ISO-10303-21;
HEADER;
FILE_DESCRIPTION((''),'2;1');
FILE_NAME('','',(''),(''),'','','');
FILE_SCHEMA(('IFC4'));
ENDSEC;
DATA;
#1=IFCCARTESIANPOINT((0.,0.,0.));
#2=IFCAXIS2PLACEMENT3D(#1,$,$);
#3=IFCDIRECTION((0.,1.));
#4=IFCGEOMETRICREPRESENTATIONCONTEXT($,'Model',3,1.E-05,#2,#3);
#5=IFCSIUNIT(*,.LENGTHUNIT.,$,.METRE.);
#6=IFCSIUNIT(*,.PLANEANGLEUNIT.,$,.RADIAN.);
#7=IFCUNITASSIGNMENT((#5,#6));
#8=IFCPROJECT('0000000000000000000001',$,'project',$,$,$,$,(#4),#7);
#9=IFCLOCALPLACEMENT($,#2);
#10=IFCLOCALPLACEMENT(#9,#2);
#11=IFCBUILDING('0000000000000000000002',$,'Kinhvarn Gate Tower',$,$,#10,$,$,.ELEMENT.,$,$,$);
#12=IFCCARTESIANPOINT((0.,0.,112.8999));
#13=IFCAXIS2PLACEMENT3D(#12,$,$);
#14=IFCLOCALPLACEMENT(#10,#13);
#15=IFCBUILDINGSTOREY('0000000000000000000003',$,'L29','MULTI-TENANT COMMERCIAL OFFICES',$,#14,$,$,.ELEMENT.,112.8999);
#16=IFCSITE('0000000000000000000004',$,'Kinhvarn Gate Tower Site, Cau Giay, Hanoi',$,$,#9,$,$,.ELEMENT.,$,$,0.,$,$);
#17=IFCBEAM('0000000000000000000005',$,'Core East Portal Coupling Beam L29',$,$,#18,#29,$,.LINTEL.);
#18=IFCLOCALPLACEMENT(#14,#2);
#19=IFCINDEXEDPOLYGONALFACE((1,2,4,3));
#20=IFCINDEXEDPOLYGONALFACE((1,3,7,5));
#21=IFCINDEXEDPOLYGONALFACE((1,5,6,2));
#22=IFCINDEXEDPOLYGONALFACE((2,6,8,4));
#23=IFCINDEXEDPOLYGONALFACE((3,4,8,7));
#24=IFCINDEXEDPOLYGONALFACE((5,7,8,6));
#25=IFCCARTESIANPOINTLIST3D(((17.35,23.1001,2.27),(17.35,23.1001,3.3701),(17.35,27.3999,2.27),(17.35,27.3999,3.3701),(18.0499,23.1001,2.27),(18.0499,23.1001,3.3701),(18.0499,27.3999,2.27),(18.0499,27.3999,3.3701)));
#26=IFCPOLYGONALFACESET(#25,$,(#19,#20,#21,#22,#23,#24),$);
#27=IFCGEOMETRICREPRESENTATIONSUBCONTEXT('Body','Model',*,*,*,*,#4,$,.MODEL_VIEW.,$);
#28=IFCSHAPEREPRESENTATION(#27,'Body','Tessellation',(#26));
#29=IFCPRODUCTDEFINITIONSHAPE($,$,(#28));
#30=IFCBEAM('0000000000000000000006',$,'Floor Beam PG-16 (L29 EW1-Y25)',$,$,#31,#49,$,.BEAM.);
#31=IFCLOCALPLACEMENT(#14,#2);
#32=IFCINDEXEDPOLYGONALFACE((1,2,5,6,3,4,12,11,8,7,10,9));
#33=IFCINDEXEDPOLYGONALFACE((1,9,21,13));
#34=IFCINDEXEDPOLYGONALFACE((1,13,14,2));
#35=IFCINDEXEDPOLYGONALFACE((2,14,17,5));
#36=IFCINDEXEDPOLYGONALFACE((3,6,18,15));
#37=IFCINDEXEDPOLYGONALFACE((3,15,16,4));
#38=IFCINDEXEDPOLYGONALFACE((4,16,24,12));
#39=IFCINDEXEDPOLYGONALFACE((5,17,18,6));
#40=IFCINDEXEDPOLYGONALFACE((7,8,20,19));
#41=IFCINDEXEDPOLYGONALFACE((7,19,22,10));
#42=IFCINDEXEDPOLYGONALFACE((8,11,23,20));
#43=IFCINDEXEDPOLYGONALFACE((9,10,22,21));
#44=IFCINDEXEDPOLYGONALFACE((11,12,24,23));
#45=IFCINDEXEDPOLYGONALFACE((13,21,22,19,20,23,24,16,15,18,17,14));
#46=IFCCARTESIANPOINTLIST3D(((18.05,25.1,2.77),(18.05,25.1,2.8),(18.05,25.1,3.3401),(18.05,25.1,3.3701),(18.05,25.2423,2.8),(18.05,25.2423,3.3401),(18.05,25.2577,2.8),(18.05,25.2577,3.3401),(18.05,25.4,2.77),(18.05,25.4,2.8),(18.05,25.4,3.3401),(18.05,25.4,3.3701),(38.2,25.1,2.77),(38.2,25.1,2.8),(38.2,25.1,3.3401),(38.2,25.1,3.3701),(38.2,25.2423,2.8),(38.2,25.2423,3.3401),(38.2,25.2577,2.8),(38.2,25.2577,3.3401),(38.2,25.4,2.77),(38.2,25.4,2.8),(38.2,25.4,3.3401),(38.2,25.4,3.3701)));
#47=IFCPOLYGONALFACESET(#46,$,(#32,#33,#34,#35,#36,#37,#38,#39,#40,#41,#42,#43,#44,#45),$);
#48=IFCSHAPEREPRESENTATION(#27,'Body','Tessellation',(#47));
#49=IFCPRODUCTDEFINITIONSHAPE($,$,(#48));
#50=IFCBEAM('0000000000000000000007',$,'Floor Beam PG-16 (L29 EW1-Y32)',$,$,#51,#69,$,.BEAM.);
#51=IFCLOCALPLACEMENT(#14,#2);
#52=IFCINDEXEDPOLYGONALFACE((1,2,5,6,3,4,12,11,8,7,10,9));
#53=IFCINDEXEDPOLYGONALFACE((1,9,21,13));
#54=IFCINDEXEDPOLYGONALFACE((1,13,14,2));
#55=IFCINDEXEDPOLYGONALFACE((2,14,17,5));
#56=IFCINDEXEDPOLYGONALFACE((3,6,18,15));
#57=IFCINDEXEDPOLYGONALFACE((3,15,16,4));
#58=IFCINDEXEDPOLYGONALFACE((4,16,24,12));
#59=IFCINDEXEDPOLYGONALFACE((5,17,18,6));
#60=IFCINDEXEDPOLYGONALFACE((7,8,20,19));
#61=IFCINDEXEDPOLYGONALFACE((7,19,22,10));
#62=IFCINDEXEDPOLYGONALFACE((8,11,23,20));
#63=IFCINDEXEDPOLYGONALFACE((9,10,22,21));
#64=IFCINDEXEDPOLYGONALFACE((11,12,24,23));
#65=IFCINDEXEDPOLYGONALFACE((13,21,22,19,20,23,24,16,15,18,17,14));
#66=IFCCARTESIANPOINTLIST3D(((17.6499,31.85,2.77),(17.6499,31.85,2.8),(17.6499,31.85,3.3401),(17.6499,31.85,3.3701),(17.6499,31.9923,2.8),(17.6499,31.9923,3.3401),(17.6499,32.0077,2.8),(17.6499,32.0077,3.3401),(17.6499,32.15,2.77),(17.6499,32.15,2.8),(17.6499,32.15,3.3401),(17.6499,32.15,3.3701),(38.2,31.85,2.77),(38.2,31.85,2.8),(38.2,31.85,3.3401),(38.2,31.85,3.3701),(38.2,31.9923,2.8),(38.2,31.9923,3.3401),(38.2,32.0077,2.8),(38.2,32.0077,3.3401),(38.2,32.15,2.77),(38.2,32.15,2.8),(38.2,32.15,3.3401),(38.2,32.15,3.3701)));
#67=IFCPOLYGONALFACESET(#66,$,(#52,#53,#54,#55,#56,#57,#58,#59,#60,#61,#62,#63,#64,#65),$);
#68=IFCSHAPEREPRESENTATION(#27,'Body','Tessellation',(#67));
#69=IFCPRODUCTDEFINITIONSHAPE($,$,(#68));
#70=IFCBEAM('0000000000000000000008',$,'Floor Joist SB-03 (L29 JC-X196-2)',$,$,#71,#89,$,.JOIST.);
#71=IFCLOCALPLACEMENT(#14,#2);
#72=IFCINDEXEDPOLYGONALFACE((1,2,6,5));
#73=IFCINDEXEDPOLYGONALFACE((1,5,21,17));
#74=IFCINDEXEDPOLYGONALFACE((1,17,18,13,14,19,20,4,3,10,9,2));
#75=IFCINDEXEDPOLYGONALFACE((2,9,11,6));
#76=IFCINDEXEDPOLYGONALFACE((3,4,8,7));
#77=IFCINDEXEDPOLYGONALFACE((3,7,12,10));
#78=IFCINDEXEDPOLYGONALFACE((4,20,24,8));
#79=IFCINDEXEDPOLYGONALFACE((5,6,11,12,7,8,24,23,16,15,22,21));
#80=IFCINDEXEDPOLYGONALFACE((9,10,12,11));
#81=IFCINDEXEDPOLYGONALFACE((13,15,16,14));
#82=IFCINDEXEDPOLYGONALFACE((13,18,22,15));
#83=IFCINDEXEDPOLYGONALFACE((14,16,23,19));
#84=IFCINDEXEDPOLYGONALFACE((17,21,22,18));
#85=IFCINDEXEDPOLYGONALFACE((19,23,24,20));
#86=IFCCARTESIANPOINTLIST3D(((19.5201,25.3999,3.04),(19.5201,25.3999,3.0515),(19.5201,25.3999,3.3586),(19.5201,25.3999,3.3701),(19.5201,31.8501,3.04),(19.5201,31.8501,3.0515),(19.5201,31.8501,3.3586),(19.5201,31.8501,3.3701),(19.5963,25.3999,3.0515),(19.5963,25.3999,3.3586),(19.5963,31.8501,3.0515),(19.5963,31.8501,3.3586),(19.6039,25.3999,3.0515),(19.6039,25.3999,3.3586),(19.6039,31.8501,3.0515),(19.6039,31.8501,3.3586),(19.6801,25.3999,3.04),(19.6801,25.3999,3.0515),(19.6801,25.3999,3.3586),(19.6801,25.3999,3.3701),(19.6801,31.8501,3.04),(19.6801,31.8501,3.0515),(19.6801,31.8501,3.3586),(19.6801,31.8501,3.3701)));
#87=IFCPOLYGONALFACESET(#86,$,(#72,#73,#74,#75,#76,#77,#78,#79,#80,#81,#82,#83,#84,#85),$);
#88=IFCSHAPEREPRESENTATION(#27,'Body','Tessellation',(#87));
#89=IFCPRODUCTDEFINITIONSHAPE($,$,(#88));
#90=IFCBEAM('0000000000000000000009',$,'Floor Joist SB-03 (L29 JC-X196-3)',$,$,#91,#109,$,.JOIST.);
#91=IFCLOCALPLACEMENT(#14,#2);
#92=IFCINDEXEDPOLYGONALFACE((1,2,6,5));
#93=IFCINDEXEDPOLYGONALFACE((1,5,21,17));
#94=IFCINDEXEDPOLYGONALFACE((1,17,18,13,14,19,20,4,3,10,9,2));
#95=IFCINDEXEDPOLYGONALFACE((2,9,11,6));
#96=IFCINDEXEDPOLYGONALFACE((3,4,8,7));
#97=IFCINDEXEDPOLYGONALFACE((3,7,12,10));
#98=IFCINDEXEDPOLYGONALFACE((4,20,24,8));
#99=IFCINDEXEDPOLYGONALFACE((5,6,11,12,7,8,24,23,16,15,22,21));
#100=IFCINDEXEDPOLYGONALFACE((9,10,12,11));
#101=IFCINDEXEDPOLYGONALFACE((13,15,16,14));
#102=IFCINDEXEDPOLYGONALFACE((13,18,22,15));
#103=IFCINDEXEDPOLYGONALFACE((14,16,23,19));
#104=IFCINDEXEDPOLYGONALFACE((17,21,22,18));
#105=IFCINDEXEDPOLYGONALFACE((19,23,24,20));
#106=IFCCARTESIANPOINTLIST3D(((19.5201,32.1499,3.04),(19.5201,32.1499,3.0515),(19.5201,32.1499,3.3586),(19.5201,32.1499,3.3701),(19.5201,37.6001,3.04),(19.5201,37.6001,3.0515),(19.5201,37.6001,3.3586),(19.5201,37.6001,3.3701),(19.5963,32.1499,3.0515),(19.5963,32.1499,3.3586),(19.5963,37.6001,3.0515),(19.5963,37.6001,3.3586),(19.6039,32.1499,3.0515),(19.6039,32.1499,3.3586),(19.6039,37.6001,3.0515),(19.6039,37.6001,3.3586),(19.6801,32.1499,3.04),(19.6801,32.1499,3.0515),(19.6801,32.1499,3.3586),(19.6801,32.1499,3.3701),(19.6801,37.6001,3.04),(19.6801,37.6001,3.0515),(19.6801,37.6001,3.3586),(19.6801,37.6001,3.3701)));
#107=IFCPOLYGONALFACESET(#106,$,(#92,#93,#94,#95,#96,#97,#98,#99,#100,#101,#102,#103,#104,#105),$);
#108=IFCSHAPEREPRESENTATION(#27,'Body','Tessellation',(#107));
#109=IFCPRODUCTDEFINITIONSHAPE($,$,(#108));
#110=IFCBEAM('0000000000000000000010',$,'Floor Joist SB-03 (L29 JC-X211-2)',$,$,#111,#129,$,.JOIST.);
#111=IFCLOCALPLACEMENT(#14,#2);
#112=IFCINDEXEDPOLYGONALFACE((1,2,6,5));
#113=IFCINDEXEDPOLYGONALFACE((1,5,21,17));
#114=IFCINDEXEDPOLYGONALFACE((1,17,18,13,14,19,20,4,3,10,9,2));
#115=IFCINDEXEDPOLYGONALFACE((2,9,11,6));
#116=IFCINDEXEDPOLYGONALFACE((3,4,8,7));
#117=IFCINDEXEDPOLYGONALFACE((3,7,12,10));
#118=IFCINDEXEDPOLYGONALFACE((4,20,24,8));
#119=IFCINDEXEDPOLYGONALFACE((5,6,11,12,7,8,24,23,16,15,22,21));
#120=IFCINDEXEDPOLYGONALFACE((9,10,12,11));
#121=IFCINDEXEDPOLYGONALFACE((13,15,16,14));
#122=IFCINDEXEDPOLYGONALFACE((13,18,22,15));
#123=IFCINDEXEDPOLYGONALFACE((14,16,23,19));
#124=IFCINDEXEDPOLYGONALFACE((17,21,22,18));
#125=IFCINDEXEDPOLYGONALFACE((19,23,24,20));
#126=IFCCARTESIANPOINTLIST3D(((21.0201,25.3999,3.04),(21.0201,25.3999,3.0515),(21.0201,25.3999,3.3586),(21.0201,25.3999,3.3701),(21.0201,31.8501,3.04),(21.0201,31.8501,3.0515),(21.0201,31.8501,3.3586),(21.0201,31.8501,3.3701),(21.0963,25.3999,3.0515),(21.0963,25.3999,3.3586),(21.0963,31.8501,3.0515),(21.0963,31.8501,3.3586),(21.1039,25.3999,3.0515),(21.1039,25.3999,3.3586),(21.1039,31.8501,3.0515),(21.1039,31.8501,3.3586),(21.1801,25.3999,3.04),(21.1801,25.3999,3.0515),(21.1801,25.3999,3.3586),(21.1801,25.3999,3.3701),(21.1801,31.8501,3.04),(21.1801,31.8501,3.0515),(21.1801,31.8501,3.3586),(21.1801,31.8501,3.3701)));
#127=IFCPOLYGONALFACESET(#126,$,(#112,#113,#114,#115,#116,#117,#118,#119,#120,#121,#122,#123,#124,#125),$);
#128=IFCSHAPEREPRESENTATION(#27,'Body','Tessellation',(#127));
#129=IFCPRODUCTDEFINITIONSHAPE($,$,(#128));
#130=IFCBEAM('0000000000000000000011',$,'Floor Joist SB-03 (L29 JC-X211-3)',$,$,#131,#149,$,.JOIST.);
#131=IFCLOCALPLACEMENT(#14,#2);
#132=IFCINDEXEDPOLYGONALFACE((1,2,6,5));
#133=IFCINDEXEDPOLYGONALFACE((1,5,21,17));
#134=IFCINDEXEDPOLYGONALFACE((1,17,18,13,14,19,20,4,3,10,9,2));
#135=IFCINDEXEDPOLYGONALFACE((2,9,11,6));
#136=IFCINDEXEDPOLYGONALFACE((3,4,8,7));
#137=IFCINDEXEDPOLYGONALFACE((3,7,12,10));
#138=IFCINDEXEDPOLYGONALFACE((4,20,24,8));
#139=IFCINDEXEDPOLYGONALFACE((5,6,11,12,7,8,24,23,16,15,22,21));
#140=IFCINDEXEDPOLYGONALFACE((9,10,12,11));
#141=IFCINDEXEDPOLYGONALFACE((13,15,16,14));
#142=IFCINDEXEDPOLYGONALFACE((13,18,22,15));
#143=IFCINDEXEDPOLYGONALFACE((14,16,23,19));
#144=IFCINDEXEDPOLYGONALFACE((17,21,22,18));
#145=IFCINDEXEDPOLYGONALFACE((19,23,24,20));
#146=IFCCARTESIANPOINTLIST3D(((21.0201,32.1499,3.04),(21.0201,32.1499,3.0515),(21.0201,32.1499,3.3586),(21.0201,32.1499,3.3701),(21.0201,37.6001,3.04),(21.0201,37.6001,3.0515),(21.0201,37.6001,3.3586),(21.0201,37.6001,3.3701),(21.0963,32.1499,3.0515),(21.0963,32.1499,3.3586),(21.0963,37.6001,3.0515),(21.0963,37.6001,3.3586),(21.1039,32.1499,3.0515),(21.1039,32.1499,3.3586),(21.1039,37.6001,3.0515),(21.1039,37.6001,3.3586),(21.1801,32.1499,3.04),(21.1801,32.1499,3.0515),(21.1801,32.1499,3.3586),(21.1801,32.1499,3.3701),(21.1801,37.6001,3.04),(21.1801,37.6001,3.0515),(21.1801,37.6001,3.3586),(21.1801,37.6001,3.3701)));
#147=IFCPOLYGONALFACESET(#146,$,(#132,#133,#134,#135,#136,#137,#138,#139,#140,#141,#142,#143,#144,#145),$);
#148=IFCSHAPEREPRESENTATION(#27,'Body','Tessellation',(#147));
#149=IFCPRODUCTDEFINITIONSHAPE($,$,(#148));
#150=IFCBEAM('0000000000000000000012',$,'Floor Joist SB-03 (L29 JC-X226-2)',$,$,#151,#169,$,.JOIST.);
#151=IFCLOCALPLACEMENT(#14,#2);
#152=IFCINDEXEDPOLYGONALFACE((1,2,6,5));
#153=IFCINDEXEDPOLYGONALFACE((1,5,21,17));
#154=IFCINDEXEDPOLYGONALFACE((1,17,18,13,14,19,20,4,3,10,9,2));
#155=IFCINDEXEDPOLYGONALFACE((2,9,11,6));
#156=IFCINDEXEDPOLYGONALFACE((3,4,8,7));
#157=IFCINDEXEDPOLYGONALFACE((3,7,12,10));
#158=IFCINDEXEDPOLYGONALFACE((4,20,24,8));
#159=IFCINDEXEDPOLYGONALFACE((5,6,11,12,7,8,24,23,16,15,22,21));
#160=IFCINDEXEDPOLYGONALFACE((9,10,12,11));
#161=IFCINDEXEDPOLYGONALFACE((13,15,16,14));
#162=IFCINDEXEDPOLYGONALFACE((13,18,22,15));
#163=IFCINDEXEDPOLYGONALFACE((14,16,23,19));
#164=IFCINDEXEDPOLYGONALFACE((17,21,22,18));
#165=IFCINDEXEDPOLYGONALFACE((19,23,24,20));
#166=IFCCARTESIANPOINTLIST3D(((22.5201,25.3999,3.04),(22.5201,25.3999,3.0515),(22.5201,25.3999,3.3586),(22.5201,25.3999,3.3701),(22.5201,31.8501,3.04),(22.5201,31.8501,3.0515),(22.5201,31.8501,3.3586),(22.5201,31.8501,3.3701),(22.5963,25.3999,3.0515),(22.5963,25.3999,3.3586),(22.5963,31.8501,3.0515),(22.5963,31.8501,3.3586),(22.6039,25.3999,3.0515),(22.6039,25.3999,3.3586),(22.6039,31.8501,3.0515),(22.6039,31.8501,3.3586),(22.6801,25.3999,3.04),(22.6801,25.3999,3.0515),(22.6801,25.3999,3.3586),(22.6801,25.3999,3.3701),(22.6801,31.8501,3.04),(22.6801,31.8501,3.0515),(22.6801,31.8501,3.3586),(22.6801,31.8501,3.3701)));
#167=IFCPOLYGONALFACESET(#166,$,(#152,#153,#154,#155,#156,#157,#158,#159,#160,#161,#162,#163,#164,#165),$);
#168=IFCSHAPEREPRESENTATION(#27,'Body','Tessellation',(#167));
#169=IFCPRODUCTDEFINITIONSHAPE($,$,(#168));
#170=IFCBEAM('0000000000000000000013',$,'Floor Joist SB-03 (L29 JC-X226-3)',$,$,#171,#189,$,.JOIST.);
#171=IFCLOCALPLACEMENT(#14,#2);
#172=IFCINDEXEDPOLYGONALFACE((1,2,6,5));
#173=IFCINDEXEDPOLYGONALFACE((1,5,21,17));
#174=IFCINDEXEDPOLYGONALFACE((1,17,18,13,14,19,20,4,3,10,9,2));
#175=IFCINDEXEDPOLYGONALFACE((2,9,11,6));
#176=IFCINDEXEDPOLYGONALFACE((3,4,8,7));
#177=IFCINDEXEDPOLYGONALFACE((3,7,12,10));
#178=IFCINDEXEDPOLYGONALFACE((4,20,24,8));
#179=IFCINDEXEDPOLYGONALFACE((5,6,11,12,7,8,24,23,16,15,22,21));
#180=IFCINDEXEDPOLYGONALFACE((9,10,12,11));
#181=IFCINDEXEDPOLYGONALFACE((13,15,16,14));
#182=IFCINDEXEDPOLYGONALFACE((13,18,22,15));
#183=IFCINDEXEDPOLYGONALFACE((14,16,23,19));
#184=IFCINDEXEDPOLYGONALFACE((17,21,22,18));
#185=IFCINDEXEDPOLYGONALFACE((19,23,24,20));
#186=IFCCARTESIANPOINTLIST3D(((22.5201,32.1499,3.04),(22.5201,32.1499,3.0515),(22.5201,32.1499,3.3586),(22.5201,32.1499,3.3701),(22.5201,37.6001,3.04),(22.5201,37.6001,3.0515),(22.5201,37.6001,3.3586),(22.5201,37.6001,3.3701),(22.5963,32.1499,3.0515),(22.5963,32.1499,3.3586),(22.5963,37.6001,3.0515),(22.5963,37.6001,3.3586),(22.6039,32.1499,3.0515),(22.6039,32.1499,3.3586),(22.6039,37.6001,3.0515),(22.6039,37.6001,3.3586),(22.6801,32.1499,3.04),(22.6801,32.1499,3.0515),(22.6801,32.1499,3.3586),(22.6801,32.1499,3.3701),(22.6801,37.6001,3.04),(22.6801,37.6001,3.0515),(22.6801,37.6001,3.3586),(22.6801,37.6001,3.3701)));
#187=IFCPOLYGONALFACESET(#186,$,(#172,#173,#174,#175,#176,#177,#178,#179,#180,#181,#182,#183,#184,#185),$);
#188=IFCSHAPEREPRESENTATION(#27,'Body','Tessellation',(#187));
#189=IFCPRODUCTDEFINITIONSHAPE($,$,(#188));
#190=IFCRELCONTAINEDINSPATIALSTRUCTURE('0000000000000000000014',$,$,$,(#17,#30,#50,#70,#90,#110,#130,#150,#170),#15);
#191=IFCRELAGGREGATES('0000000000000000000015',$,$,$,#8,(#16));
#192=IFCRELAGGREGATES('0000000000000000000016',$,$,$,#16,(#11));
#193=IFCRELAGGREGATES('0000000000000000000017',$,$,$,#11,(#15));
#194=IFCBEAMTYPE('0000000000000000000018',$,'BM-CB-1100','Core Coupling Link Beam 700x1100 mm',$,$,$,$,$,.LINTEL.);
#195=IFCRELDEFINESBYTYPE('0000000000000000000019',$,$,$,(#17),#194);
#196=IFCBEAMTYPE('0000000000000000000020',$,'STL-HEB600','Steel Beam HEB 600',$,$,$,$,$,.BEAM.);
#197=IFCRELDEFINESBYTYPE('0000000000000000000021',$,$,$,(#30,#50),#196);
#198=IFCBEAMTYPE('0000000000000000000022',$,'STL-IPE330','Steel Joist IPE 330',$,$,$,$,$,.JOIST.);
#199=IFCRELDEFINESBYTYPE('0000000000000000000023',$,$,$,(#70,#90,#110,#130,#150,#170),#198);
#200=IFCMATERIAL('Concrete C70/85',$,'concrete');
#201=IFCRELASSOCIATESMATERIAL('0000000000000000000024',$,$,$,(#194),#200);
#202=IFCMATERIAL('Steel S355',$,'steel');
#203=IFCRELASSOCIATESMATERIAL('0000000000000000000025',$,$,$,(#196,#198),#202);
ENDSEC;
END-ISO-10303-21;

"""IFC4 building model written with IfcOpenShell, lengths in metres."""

from ifc_helpers import new_model, si_unit, direction, frame, origin, origin_2d, place, context, subcontext, project, spatial, rectangle, i_section, extrude, material, material_profile, profile_set, type_object, element, save


model = new_model("IFC4")

# Units and contexts
model_context = context("Model", 3, precision=1e-05, world=origin(), true_north=direction((0.0, 1.0)))
body_context = subcontext(model_context, "Body", "Model", "MODEL_VIEW")
ifc_project = project(units=[si_unit("LENGTHUNIT", "METRE"), si_unit("PLANEANGLEUNIT", "RADIAN")], contexts=[model_context])

# Site, building, storey
site_placement = place(None, origin())
site = spatial("IfcSite", under=ifc_project, at=site_placement, Name="Kinhvarn Gate Tower Site, Cau Giay, Hanoi", CompositionType="ELEMENT", RefElevation=0.0)
building_placement = place(site_placement, origin())
building = spatial("IfcBuilding", under=site, at=building_placement, Name="Kinhvarn Gate Tower", CompositionType="ELEMENT")
storey_placement = place(building_placement, frame((0.0, 0.0, 112.8999)))
storey = spatial("IfcBuildingStorey", under=building, at=storey_placement, Name="L29", Description="MULTI-TENANT COMMERCIAL OFFICES", CompositionType="ELEMENT", Elevation=112.8999)

# Beams
ifc_material_1 = material(Name="Concrete C70/85", Category="concrete")
ifc_material_profile_1 = material_profile(ifc_material_1, rectangle(XDim=0.7, YDim=1.1001, at=origin_2d()), Name="RC 700x1100")
ifc_profile_set_1 = profile_set([ifc_material_profile_1], Name="Concrete C70/85")
beam_type_1 = type_object("IfcBeamType", Name="BM-CB-1100", Description="Core Coupling Link Beam 700x1100 mm", PredefinedType="LINTEL", material=ifc_profile_set_1)
beam_1_placement = place(storey_placement, frame((17.7, 23.1001, 2.8201), z_axis=(0.0, 1.0, 0.0), x_axis=(-1.0, 0.0, 0.0)))
element("IfcBeam", 1, at=beam_1_placement, inside=storey, type_object=beam_type_1, Name="Core East Portal Coupling Beam L29", PredefinedType="LINTEL", context=body_context, shape_type="SweptSolid", body=[
    extrude(rectangle(XDim=0.7, YDim=1.1001, at=origin_2d()), origin(), (0.0, 0.0, 1.0), 4.2998),
])
ifc_material_2 = material(Name="Steel S355", Category="steel")
ifc_material_profile_2 = material_profile(ifc_material_2, i_section(OverallWidth=0.3, OverallDepth=0.6001, WebThickness=0.0154, FlangeThickness=0.03, at=origin_2d()), Name="HEB 600")
ifc_profile_set_2 = profile_set([ifc_material_profile_2], Name="Steel S355")
beam_type_2 = type_object("IfcBeamType", Name="STL-HEB600", Description="Steel Beam HEB 600", PredefinedType="BEAM", material=ifc_profile_set_2)
beam_2_placement = place(storey_placement, frame((18.05, 25.25, 3.0701), z_axis=(1.0, 0.0, 0.0), x_axis=(0.0, 1.0, 0.0)))
element("IfcBeam", 2, at=beam_2_placement, inside=storey, type_object=beam_type_2, Name="Floor Beam PG-16 (L29 EW1-Y25)", PredefinedType="BEAM", context=body_context, shape_type="SweptSolid", body=[
    extrude(i_section(OverallWidth=0.3, OverallDepth=0.6001, WebThickness=0.0154, FlangeThickness=0.03, at=origin_2d()), origin(), (0.0, 0.0, 1.0), 20.1499),
])
beam_3_placement = place(storey_placement, frame((17.6499, 32.0, 3.0701), z_axis=(1.0, 0.0, 0.0), x_axis=(0.0, 1.0, 0.0)))
element("IfcBeam", 3, at=beam_3_placement, inside=storey, type_object=beam_type_2, Name="Floor Beam PG-16 (L29 EW1-Y32)", PredefinedType="BEAM", context=body_context, shape_type="SweptSolid", body=[
    extrude(i_section(OverallWidth=0.3, OverallDepth=0.6001, WebThickness=0.0154, FlangeThickness=0.03, at=origin_2d()), origin(), (0.0, 0.0, 1.0), 20.55),
])
ifc_material_profile_3 = material_profile(ifc_material_2, i_section(OverallWidth=0.1599, OverallDepth=0.3301, WebThickness=0.0076, FlangeThickness=0.0115, at=origin_2d()), Name="IPE 330")
ifc_profile_set_3 = profile_set([ifc_material_profile_3], Name="Steel S355")
beam_type_3 = type_object("IfcBeamType", Name="STL-IPE330", Description="Steel Joist IPE 330", PredefinedType="JOIST", material=ifc_profile_set_3)
beam_4_placement = place(storey_placement, frame((19.6001, 25.3999, 3.2051), z_axis=(0.0, 1.0, 0.0), x_axis=(-1.0, 0.0, 0.0)))
element("IfcBeam", 4, at=beam_4_placement, inside=storey, type_object=beam_type_3, Name="Floor Joist SB-03 (L29 JC-X196-2)", PredefinedType="JOIST", context=body_context, shape_type="SweptSolid", body=[
    extrude(i_section(OverallWidth=0.1599, OverallDepth=0.3301, WebThickness=0.0076, FlangeThickness=0.0115, at=origin_2d()), origin(), (0.0, 0.0, 1.0), 6.4502),
])
beam_5_placement = place(storey_placement, frame((19.6001, 32.1499, 3.2051), z_axis=(0.0, 1.0, 0.0), x_axis=(-1.0, 0.0, 0.0)))
element("IfcBeam", 5, at=beam_5_placement, inside=storey, type_object=beam_type_3, Name="Floor Joist SB-03 (L29 JC-X196-3)", PredefinedType="JOIST", context=body_context, shape_type="SweptSolid", body=[
    extrude(i_section(OverallWidth=0.1599, OverallDepth=0.3301, WebThickness=0.0076, FlangeThickness=0.0115, at=origin_2d()), origin(), (0.0, 0.0, 1.0), 5.4502),
])
beam_6_placement = place(storey_placement, frame((21.1001, 25.3999, 3.2051), z_axis=(0.0, 1.0, 0.0), x_axis=(-1.0, 0.0, 0.0)))
element("IfcBeam", 6, at=beam_6_placement, inside=storey, type_object=beam_type_3, Name="Floor Joist SB-03 (L29 JC-X211-2)", PredefinedType="JOIST", context=body_context, shape_type="SweptSolid", body=[
    extrude(i_section(OverallWidth=0.1599, OverallDepth=0.3301, WebThickness=0.0076, FlangeThickness=0.0115, at=origin_2d()), origin(), (0.0, 0.0, 1.0), 6.4502),
])
beam_7_placement = place(storey_placement, frame((21.1001, 32.1499, 3.2051), z_axis=(0.0, 1.0, 0.0), x_axis=(-1.0, 0.0, 0.0)))
element("IfcBeam", 7, at=beam_7_placement, inside=storey, type_object=beam_type_3, Name="Floor Joist SB-03 (L29 JC-X211-3)", PredefinedType="JOIST", context=body_context, shape_type="SweptSolid", body=[
    extrude(i_section(OverallWidth=0.1599, OverallDepth=0.3301, WebThickness=0.0076, FlangeThickness=0.0115, at=origin_2d()), origin(), (0.0, 0.0, 1.0), 5.4502),
])
beam_8_placement = place(storey_placement, frame((22.6001, 25.3999, 3.2051), z_axis=(0.0, 1.0, 0.0), x_axis=(-1.0, 0.0, 0.0)))
element("IfcBeam", 8, at=beam_8_placement, inside=storey, type_object=beam_type_3, Name="Floor Joist SB-03 (L29 JC-X226-2)", PredefinedType="JOIST", context=body_context, shape_type="SweptSolid", body=[
    extrude(i_section(OverallWidth=0.1599, OverallDepth=0.3301, WebThickness=0.0076, FlangeThickness=0.0115, at=origin_2d()), origin(), (0.0, 0.0, 1.0), 6.4502),
])
beam_9_placement = place(storey_placement, frame((22.6001, 32.1499, 3.2051), z_axis=(0.0, 1.0, 0.0), x_axis=(-1.0, 0.0, 0.0)))
element("IfcBeam", 9, at=beam_9_placement, inside=storey, type_object=beam_type_3, Name="Floor Joist SB-03 (L29 JC-X226-3)", PredefinedType="JOIST", context=body_context, shape_type="SweptSolid", body=[
    extrude(i_section(OverallWidth=0.1599, OverallDepth=0.3301, WebThickness=0.0076, FlangeThickness=0.0115, at=origin_2d()), origin(), (0.0, 0.0, 1.0), 5.4502),
])

save(model, "model.ifc")
